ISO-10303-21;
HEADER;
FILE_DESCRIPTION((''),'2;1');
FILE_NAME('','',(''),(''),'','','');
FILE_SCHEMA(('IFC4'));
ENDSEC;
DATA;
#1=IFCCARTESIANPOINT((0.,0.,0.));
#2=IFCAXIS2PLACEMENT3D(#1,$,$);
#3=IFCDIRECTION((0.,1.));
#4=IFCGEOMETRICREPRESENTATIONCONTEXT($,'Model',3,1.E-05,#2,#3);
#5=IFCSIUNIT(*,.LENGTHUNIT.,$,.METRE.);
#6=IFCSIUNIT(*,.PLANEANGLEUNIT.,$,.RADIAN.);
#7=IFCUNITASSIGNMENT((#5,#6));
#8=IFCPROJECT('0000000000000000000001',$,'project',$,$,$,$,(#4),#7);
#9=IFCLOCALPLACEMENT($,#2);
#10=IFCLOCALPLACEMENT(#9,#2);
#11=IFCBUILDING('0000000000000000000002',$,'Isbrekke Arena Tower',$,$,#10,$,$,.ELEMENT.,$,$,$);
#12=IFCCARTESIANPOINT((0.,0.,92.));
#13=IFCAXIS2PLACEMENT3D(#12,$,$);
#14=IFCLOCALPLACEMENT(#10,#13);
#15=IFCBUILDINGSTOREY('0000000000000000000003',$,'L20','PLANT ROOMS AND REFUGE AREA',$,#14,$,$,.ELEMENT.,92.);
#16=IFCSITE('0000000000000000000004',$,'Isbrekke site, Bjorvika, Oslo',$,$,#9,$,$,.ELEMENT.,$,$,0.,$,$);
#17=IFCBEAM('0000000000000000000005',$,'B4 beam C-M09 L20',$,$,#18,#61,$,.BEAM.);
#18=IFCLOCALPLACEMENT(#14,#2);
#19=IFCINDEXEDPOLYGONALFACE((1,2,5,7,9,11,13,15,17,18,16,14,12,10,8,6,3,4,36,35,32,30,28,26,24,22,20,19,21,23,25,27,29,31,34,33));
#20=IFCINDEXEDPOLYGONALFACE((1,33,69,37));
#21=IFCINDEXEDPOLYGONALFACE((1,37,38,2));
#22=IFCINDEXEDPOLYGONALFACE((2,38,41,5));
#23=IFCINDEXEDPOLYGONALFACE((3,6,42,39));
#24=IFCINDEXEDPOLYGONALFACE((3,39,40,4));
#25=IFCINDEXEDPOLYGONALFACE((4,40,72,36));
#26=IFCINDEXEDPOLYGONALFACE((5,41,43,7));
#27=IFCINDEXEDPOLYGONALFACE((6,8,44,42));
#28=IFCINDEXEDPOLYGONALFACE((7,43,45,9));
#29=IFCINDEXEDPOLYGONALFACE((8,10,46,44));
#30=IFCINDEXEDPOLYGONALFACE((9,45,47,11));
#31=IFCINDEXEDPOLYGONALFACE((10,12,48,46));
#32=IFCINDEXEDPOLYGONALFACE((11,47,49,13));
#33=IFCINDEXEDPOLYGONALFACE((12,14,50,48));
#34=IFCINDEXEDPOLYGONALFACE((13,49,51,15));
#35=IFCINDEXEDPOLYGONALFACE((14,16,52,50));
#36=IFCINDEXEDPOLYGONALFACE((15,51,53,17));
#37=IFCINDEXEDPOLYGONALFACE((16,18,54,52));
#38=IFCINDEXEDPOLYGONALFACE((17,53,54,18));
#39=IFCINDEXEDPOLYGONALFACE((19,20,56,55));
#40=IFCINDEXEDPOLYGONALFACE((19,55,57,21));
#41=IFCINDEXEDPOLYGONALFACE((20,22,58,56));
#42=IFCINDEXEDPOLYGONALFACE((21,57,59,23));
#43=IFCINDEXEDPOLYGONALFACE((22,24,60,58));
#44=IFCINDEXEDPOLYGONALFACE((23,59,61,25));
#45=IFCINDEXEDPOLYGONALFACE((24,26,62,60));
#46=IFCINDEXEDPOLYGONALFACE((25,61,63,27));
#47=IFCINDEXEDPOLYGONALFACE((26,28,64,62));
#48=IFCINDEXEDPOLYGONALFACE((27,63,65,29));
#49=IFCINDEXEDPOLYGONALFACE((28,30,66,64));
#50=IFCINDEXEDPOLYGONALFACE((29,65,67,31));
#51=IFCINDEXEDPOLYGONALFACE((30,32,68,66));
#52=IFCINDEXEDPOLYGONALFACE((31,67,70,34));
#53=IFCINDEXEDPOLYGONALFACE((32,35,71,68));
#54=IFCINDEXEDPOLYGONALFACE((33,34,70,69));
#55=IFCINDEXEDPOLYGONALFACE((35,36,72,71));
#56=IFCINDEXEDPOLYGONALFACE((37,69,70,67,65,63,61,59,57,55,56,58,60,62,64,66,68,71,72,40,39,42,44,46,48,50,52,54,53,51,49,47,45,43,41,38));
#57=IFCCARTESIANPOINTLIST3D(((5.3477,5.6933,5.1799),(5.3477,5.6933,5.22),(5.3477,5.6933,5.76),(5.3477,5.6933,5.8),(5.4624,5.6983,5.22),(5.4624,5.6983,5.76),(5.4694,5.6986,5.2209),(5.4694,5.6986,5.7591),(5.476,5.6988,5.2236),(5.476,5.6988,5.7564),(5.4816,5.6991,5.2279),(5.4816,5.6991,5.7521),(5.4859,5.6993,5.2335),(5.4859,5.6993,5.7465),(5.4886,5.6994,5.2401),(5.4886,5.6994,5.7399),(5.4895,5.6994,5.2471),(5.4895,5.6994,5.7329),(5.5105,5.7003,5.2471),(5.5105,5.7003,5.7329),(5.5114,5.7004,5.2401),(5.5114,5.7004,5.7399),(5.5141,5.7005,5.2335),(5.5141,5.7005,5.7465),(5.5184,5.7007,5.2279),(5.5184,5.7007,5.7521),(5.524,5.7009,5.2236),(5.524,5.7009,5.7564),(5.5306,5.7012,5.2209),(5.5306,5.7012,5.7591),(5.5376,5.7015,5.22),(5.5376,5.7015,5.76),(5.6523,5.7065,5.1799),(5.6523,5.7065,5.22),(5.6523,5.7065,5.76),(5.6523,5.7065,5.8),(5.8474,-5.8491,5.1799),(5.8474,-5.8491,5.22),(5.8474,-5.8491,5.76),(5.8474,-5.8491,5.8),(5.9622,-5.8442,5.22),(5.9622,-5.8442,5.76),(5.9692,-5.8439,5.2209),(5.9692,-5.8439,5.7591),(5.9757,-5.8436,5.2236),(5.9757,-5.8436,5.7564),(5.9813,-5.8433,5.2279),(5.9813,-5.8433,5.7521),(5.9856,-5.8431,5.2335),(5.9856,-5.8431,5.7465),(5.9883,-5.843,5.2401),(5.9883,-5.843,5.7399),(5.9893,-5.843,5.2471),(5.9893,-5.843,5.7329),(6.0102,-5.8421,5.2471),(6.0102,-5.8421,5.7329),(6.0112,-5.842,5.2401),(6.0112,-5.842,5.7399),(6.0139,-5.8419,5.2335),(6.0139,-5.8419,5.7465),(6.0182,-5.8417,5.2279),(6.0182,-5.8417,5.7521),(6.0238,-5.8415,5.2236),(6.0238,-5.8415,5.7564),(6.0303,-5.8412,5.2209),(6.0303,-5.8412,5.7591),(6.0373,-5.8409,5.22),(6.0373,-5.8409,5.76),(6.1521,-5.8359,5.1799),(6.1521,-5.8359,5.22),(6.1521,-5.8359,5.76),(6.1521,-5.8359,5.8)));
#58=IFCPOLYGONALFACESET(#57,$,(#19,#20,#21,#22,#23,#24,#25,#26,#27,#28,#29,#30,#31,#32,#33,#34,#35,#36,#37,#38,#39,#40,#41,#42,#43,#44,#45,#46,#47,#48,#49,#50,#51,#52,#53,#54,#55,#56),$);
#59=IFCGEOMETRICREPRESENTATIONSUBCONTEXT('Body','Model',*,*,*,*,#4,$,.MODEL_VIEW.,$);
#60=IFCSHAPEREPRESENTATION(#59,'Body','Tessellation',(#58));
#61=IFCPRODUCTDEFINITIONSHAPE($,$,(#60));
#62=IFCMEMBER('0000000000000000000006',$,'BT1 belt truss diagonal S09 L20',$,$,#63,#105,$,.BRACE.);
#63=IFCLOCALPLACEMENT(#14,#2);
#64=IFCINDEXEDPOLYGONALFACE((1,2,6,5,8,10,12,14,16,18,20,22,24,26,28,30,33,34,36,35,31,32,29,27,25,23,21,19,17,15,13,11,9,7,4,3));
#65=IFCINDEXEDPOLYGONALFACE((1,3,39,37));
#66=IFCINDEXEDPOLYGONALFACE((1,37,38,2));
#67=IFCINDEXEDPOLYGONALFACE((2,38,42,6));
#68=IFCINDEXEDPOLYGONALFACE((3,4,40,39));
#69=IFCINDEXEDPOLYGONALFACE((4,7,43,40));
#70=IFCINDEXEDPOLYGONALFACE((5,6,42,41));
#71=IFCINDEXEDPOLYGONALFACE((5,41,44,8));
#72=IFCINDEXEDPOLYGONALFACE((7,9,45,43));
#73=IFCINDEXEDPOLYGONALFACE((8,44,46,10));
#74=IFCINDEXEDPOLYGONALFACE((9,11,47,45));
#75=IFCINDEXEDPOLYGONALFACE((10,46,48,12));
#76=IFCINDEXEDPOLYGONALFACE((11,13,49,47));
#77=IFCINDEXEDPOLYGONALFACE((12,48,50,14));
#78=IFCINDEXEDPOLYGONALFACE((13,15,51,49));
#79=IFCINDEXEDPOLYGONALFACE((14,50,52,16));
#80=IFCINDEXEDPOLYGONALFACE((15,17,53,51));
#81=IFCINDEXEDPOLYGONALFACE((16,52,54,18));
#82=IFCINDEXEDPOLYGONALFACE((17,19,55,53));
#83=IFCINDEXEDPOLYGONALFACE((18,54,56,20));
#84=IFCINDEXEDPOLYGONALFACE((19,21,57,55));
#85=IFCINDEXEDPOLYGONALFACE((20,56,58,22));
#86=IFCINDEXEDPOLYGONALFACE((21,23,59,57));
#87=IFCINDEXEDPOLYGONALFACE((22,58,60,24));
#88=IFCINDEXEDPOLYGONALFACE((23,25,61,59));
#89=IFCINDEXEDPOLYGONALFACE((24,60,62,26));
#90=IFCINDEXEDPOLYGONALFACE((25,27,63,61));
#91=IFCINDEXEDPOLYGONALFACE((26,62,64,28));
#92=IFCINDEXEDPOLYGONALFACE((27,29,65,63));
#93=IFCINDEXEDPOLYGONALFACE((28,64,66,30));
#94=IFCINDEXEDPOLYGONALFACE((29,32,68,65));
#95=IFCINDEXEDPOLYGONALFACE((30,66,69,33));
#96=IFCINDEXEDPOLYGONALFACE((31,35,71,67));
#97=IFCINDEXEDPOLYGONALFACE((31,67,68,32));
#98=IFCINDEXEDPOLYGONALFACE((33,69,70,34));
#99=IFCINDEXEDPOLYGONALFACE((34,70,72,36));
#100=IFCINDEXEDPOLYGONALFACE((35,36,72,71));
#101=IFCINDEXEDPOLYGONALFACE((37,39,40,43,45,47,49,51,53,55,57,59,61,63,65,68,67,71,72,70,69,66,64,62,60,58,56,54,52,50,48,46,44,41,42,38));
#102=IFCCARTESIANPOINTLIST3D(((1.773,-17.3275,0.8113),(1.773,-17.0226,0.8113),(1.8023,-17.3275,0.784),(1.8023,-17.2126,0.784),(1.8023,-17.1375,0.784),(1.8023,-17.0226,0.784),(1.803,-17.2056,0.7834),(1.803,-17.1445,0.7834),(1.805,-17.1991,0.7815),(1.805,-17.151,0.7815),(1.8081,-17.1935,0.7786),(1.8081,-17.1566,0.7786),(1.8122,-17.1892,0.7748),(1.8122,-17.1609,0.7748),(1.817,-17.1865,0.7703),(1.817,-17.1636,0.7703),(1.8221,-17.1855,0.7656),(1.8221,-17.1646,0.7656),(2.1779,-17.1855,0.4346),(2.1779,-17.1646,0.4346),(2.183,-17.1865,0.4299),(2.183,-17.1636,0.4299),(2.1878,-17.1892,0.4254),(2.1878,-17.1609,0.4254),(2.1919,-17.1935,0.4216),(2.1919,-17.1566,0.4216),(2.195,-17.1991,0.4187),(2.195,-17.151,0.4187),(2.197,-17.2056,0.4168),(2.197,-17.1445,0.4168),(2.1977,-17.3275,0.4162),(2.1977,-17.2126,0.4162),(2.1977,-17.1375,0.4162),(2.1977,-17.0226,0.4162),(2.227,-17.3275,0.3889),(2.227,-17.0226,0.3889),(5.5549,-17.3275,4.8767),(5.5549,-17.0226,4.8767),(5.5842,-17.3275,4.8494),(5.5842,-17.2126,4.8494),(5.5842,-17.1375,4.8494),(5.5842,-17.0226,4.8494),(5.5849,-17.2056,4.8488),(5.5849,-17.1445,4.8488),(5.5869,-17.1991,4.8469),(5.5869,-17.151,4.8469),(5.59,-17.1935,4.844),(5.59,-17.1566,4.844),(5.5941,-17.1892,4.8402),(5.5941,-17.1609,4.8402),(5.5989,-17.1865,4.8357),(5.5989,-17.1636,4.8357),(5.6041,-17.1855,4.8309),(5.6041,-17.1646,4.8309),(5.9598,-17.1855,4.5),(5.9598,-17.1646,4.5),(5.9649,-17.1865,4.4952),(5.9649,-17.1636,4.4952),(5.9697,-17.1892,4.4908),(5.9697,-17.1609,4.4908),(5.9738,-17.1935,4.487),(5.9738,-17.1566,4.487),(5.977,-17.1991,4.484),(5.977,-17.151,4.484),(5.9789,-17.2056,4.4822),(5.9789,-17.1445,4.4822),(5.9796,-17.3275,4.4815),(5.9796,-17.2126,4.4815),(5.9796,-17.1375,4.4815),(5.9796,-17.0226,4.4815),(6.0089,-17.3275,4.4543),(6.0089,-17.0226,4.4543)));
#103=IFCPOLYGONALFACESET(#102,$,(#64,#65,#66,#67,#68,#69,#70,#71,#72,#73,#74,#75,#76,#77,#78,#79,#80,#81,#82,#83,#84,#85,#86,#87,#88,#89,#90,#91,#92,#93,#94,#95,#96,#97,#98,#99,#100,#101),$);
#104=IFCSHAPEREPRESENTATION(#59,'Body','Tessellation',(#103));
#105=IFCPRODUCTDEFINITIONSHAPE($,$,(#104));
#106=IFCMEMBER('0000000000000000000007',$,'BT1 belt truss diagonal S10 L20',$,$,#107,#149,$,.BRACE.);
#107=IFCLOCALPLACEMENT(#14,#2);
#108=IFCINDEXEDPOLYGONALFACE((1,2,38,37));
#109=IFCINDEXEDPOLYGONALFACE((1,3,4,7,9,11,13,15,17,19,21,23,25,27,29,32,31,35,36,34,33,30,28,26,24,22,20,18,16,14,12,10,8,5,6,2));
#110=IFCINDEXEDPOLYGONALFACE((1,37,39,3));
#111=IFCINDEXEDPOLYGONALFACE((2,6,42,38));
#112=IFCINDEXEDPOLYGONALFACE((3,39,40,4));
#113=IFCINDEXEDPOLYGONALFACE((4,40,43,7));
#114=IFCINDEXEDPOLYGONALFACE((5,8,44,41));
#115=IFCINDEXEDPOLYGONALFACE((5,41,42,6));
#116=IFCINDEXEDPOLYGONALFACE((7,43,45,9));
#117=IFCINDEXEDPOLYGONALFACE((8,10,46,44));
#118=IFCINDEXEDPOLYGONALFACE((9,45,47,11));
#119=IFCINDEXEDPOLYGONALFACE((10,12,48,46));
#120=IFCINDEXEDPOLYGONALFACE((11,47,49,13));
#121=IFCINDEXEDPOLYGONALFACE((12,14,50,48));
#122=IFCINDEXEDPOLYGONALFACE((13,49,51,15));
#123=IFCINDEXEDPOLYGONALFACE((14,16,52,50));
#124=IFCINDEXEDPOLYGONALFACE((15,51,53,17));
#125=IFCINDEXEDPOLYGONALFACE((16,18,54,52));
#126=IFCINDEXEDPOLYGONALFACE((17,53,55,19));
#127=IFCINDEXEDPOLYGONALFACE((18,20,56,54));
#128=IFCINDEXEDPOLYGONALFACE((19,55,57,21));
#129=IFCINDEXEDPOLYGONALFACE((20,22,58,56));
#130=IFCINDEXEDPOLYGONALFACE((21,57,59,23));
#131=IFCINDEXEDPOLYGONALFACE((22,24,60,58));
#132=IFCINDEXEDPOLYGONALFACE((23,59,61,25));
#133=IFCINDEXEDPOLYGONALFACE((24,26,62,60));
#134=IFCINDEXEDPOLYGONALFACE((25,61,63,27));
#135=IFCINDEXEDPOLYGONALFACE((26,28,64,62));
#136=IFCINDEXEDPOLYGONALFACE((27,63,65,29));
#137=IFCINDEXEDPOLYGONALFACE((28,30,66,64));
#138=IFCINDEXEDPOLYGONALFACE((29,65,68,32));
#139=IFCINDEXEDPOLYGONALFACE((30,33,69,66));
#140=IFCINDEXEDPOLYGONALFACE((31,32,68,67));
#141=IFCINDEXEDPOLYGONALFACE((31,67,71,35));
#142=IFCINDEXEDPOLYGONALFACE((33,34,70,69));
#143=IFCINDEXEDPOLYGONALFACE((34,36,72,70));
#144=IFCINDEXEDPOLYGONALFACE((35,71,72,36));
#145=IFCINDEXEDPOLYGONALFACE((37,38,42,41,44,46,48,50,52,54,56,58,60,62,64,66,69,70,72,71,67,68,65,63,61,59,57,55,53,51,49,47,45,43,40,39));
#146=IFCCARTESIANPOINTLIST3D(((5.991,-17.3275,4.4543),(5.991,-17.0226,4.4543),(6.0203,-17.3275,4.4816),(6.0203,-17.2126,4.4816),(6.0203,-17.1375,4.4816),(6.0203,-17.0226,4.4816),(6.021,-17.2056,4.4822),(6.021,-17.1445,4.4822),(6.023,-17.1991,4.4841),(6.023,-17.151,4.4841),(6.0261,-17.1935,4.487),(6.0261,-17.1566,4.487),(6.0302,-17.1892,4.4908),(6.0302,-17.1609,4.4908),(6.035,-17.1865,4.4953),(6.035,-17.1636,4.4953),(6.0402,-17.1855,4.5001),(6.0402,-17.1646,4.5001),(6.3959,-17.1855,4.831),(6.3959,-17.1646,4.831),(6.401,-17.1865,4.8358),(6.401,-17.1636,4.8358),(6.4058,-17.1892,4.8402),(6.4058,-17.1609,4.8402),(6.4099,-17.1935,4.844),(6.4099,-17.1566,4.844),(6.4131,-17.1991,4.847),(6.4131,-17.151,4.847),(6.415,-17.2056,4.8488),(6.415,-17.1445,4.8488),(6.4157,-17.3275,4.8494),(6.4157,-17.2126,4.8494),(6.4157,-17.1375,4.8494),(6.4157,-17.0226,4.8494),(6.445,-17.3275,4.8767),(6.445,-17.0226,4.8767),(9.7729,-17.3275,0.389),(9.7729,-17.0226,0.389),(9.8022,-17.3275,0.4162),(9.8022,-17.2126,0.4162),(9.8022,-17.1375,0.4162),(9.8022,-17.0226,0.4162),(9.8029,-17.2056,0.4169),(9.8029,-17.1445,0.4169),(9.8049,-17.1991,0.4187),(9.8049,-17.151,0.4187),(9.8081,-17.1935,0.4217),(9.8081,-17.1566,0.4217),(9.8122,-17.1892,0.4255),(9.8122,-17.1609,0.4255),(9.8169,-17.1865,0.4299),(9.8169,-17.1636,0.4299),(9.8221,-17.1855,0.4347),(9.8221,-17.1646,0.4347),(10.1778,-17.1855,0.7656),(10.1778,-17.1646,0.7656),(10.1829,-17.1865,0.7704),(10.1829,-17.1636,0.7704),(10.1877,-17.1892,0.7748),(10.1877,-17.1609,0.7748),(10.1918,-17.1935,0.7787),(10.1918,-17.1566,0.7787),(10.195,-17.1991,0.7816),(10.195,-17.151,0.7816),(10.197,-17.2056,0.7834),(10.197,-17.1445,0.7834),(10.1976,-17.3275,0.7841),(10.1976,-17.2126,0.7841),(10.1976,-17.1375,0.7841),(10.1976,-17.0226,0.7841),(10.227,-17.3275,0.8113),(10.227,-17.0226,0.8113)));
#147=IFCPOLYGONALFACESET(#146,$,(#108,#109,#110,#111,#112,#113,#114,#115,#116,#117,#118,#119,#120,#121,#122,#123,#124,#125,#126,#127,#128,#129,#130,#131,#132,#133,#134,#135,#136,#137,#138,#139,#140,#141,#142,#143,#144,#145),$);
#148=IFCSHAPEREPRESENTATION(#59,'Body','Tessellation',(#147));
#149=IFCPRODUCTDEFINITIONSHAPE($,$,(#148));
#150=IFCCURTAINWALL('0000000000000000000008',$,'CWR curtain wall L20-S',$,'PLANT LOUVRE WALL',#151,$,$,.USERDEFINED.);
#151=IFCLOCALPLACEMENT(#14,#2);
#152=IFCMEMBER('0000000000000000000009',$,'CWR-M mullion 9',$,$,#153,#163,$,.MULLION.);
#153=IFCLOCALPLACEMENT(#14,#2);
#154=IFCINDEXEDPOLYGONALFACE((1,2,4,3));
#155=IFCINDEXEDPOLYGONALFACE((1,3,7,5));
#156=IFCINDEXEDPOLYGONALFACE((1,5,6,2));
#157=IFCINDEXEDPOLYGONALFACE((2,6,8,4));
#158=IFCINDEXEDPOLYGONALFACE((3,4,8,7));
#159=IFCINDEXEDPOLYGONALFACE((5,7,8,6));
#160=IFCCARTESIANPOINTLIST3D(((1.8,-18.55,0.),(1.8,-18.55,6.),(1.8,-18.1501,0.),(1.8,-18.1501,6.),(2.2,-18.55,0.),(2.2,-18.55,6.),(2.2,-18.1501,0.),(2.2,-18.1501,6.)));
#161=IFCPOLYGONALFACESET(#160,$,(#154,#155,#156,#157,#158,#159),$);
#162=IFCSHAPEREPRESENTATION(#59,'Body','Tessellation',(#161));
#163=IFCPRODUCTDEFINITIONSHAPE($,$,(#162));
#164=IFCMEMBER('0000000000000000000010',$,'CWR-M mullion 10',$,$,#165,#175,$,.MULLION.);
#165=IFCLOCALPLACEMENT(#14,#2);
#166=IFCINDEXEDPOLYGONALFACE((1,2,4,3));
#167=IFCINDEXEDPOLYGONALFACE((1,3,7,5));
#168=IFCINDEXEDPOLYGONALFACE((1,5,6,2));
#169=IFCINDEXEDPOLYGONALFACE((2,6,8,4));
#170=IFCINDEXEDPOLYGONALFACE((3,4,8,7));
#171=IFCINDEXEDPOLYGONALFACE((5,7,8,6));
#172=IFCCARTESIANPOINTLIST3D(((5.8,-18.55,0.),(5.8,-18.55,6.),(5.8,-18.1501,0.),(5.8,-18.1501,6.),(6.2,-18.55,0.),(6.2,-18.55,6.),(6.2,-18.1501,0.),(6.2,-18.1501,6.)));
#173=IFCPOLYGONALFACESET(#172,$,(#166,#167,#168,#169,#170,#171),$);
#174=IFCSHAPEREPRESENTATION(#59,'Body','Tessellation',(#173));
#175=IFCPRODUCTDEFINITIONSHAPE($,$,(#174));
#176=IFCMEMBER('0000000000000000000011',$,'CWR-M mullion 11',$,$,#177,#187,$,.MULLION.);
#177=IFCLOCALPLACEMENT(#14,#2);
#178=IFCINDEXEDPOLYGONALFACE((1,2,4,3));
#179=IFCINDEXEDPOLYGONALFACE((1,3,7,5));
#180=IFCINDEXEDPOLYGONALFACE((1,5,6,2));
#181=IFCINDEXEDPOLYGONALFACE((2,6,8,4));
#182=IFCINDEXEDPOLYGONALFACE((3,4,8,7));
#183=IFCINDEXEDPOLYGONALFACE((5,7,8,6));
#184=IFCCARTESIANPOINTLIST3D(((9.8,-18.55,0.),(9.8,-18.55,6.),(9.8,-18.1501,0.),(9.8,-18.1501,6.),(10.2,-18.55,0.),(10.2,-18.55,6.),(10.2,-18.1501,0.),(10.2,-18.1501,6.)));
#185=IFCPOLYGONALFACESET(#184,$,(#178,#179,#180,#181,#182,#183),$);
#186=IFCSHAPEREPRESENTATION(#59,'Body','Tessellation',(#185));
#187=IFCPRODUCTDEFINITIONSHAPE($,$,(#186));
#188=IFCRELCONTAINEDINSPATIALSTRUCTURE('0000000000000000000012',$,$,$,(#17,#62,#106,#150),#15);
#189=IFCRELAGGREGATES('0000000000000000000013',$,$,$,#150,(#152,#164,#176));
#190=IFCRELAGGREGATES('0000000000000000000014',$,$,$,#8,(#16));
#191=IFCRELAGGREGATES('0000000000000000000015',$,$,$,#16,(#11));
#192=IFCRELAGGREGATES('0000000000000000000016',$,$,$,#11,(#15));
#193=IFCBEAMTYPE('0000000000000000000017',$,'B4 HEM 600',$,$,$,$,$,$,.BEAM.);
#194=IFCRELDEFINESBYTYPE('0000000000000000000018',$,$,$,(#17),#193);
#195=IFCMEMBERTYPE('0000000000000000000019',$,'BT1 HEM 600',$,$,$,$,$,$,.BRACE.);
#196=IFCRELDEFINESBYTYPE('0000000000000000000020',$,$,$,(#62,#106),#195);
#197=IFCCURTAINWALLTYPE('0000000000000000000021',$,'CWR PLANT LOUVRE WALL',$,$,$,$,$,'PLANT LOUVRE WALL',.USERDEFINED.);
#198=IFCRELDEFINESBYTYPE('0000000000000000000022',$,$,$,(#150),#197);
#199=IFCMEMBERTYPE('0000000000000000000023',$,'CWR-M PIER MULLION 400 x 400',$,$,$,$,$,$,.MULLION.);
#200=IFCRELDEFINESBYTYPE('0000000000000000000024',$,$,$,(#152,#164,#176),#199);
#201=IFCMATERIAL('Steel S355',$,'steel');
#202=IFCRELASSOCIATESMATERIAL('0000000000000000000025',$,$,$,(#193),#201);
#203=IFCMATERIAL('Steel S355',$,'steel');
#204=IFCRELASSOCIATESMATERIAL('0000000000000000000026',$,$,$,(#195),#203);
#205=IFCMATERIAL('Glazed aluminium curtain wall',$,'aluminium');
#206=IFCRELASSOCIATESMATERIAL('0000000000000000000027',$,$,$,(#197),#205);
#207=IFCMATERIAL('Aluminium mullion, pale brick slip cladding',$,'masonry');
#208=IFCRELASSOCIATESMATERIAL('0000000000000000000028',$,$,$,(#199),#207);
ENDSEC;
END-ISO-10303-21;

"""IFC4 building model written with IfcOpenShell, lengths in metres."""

from ifc_helpers import new_model, si_unit, direction, frame, origin, origin_2d, place, context, subcontext, project, spatial, rectangle, i_section, extrude, material, material_profile, profile_set, type_object, element, aggregate, save


model = new_model("IFC4")

# Units and contexts
model_context = context("Model", 3, precision=1e-05, world=origin(), true_north=direction((0.0, 1.0)))
body_context = subcontext(model_context, "Body", "Model", "MODEL_VIEW")
ifc_project = project(units=[si_unit("LENGTHUNIT", "METRE"), si_unit("PLANEANGLEUNIT", "RADIAN")], contexts=[model_context])

# Site, building, storey
site_placement = place(None, origin())
site = spatial("IfcSite", under=ifc_project, at=site_placement, Name="Isbrekke site, Bjorvika, Oslo", CompositionType="ELEMENT", RefElevation=0.0)
building_placement = place(site_placement, origin())
building = spatial("IfcBuilding", under=site, at=building_placement, Name="Isbrekke Arena Tower", CompositionType="ELEMENT")
storey_placement = place(building_placement, frame((0.0, 0.0, 92.0)))
storey = spatial("IfcBuildingStorey", under=building, at=storey_placement, Name="L20", Description="PLANT ROOMS AND REFUGE AREA", CompositionType="ELEMENT", Elevation=92.0)

# Beam
ifc_material_1 = material(Name="Steel S355", Category="steel")
ifc_material_profile_1 = material_profile(ifc_material_1, i_section(OverallWidth=0.3049, OverallDepth=0.6201, WebThickness=0.021, FlangeThickness=0.04, FilletRadius=0.0271, at=origin_2d()), Name="HEM 600")
ifc_profile_set_1 = profile_set([ifc_material_profile_1], Name="Steel S355")
beam_type_1 = type_object("IfcBeamType", Name="B4 HEM 600", PredefinedType="BEAM", material=ifc_profile_set_1)
beam_1_placement = place(storey_placement, frame((5.9998, -5.8425, 5.49), z_axis=(-0.043257, 0.999064, 0.0), x_axis=(-0.999064, -0.043257, 0.0)))
element("IfcBeam", 1, at=beam_1_placement, inside=storey, type_object=beam_type_1, Name="B4 beam C-M09 L20", PredefinedType="BEAM", context=body_context, shape_type="SweptSolid", body=[
    extrude(i_section(OverallWidth=0.3049, OverallDepth=0.6201, WebThickness=0.021, FlangeThickness=0.04, FilletRadius=0.0271, at=origin_2d()), origin(), (0.0, 0.0, 1.0), 11.5532),
])

# Members
ifc_material_2 = material(Name="Steel S355", Category="steel")
ifc_material_profile_2 = material_profile(ifc_material_2, i_section(OverallWidth=0.3049, OverallDepth=0.6201, WebThickness=0.021, FlangeThickness=0.04, FilletRadius=0.0271, at=origin_2d()), Name="HEM 600")
ifc_profile_set_2 = profile_set([ifc_material_profile_2], Name="Steel S355")
member_type_1 = type_object("IfcMemberType", Name="BT1 HEM 600", PredefinedType="BRACE", material=ifc_profile_set_2)
for number, where, z_axis, x_axis, name in (
    (2, (2.0, -17.175, 0.6001), (0.681122, 0.0, 0.73217), (0.0, 1.0, 0.0), "BT1 belt truss diagonal S09 L20"),
    (3, (6.218, -17.175, 4.6655), (0.681122, 0.0, -0.73217), (0.0, 1.0, 0.0), "BT1 belt truss diagonal S10 L20"),
):
    element("IfcMember", number, at=place(storey_placement, frame(where, z_axis=z_axis, x_axis=x_axis)), inside=storey, type_object=member_type_1, Name=name, PredefinedType="BRACE", context=body_context, shape_type="SweptSolid", body=[
        extrude(i_section(OverallWidth=0.3049, OverallDepth=0.6201, WebThickness=0.021, FlangeThickness=0.04, FilletRadius=0.0271, at=origin_2d()), origin(), (0.0, 0.0, 1.0), 5.5525),
    ])

# Curtain wall, members
ifc_material_3 = material(Name="Glazed aluminium curtain wall", Category="aluminium")
curtain_wall_type = type_object("IfcCurtainWallType", Name="CWR PLANT LOUVRE WALL", ElementType="PLANT LOUVRE WALL", PredefinedType="USERDEFINED", material=ifc_material_3)
curtain_wall_placement = place(storey_placement, origin())
curtain_wall = element("IfcCurtainWall", 4, at=curtain_wall_placement, inside=storey, type_object=curtain_wall_type, Name="CWR curtain wall L20-S", ObjectType="PLANT LOUVRE WALL", PredefinedType="USERDEFINED")
ifc_material_4 = material(Name="Aluminium mullion, pale brick slip cladding", Category="masonry")
ifc_material_profile_3 = material_profile(ifc_material_4, rectangle(XDim=0.3999, YDim=0.3999, at=origin_2d()), Name="PIER 400X400")
ifc_profile_set_3 = profile_set([ifc_material_profile_3], Name="Aluminium mullion, pale brick slip cladding")
member_type_2 = type_object("IfcMemberType", Name="CWR-M PIER MULLION 400 x 400", PredefinedType="MULLION", material=ifc_profile_set_3)
member_1_placement = place(storey_placement, frame((2.0, -18.3501, 0.0), z_axis=(0.0, 0.0, 1.0), x_axis=(1.0, 0.0, 0.0)))
member_1 = element("IfcMember", 5, at=member_1_placement, type_object=member_type_2, Name="CWR-M mullion 9", PredefinedType="MULLION", context=body_context, shape_type="SweptSolid", body=[
    extrude(rectangle(XDim=0.3999, YDim=0.3999, at=origin_2d()), origin(), (0.0, 0.0, 1.0), 6.0),
])
member_2_placement = place(storey_placement, frame((6.0, -18.3501, 0.0), z_axis=(0.0, 0.0, 1.0), x_axis=(1.0, 0.0, 0.0)))
member_2 = element("IfcMember", 6, at=member_2_placement, type_object=member_type_2, Name="CWR-M mullion 10", PredefinedType="MULLION", context=body_context, shape_type="SweptSolid", body=[
    extrude(rectangle(XDim=0.3999, YDim=0.3999, at=origin_2d()), origin(), (0.0, 0.0, 1.0), 6.0),
])
member_3_placement = place(storey_placement, frame((10.0, -18.3501, 0.0), z_axis=(0.0, 0.0, 1.0), x_axis=(1.0, 0.0, 0.0)))
member_3 = element("IfcMember", 7, at=member_3_placement, type_object=member_type_2, Name="CWR-M mullion 11", PredefinedType="MULLION", context=body_context, shape_type="SweptSolid", body=[
    extrude(rectangle(XDim=0.3999, YDim=0.3999, at=origin_2d()), origin(), (0.0, 0.0, 1.0), 6.0),
])

aggregate(curtain_wall, [member_1, member_2, member_3])

save(model, "model.ifc")
